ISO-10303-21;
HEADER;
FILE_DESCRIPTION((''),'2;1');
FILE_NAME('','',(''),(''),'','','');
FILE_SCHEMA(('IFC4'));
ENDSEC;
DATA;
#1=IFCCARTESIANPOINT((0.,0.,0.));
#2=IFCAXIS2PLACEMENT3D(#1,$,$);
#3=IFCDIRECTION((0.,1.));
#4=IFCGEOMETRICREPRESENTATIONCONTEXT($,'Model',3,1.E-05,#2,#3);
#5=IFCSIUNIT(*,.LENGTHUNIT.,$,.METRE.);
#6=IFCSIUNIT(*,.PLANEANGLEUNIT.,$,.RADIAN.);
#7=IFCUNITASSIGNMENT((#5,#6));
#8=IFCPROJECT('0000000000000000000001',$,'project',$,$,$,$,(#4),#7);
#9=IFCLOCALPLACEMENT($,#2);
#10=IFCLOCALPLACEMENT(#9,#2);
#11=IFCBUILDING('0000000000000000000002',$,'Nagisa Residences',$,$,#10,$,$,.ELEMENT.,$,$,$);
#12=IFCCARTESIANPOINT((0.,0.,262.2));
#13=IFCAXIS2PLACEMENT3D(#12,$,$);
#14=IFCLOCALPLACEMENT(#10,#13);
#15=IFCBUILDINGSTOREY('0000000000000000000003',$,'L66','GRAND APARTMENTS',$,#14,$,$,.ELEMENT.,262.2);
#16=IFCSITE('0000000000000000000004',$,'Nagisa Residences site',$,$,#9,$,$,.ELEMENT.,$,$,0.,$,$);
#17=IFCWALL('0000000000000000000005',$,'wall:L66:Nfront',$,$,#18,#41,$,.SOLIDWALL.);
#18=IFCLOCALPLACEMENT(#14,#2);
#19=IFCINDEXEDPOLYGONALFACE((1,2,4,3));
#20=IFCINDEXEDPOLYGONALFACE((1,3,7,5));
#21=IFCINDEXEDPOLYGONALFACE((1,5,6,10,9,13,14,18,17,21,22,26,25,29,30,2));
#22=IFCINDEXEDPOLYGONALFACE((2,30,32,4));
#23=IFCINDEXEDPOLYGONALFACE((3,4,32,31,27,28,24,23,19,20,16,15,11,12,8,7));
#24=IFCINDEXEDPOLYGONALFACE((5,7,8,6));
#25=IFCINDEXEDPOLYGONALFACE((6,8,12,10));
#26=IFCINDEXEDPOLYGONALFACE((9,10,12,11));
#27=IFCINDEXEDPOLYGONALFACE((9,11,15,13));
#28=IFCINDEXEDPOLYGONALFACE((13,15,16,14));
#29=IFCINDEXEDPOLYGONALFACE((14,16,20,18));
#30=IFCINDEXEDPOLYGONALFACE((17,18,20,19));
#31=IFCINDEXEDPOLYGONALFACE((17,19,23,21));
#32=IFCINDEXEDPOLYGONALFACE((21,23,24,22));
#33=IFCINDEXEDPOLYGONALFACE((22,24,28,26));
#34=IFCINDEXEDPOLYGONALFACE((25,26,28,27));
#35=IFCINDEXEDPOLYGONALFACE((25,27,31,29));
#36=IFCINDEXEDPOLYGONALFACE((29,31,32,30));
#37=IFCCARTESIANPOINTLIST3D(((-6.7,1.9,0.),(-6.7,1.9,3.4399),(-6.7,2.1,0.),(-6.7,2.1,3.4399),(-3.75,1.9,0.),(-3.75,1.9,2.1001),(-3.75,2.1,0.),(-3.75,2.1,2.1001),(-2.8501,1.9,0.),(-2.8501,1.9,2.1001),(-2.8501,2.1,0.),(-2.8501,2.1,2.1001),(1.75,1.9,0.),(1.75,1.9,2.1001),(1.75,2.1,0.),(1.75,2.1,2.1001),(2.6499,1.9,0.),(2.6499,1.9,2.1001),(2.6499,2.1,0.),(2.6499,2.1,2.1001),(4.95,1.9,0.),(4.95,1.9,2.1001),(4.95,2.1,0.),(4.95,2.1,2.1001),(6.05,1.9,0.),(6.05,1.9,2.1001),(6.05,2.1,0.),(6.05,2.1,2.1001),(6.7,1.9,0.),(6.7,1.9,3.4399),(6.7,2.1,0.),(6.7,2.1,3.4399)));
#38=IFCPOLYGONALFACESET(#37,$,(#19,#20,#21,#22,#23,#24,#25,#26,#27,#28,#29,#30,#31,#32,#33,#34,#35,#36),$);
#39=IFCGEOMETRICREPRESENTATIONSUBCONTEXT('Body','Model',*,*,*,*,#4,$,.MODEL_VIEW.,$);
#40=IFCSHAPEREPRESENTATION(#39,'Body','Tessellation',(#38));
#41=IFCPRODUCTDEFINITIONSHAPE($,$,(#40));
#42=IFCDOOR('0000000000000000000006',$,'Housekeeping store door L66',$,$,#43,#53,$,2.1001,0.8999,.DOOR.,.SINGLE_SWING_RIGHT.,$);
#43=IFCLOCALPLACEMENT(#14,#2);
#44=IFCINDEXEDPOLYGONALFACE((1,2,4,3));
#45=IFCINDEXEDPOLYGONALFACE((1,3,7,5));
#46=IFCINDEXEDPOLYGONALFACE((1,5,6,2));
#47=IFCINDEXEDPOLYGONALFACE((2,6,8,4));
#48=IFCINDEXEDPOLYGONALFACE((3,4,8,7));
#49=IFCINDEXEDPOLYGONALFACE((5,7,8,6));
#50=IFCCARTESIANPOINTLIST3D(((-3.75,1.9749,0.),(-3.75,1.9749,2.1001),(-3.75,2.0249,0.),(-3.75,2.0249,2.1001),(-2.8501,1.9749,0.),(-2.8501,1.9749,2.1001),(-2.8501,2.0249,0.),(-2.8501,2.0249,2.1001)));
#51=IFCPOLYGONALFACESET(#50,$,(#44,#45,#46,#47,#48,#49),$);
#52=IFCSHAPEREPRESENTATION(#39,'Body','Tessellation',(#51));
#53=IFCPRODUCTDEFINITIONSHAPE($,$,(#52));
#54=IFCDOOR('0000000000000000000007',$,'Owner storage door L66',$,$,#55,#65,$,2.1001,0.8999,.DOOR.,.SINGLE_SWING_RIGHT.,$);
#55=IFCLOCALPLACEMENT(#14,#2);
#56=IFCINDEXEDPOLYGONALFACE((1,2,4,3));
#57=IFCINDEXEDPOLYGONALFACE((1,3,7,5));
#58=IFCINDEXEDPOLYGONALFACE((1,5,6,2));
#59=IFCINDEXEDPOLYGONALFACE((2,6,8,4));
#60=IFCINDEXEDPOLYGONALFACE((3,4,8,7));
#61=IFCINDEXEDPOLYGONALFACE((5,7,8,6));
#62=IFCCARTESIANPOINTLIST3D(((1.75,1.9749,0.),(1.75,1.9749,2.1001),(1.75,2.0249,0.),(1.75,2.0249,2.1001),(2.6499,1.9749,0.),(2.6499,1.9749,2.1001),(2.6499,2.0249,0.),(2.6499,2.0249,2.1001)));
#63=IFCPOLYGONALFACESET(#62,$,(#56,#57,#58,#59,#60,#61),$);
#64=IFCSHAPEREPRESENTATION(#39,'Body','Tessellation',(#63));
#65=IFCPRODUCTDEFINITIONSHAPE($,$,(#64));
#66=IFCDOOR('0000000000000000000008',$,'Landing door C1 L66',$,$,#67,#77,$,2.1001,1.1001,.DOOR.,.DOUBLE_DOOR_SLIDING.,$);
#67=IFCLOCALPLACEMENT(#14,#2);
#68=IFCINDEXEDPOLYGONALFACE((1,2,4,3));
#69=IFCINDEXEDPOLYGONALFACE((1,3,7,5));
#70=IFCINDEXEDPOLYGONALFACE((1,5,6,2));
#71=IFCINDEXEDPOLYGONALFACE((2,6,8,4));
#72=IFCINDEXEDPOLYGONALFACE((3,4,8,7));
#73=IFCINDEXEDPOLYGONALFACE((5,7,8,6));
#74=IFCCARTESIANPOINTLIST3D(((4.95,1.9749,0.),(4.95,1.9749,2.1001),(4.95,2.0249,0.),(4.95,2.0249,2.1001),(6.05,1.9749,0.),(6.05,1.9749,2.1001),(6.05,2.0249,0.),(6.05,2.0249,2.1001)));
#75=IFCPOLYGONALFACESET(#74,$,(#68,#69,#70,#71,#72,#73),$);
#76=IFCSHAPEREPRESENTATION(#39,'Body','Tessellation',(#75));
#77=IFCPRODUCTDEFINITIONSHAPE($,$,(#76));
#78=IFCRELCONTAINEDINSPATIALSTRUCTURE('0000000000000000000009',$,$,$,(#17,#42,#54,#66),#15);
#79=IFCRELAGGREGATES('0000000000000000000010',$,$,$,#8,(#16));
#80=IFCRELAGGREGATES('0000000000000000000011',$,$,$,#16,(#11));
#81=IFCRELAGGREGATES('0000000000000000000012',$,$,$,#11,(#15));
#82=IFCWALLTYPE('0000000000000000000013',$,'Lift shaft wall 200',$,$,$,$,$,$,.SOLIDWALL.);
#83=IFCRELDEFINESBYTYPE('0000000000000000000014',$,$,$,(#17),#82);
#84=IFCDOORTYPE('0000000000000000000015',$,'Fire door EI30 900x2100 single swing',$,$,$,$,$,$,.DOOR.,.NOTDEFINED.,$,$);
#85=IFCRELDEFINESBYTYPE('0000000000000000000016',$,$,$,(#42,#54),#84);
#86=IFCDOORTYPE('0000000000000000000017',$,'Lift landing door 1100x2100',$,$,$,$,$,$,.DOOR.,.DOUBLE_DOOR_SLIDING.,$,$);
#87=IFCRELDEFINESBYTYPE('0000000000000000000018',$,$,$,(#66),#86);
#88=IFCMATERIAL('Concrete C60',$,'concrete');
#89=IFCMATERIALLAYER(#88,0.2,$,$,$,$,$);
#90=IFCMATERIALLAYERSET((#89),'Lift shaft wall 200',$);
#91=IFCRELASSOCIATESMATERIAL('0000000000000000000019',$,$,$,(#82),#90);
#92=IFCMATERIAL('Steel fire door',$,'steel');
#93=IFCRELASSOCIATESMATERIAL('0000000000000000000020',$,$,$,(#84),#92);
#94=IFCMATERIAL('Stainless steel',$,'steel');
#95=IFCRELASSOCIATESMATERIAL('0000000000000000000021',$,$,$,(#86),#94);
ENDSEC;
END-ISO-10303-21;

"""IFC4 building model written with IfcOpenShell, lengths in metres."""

from ifc_helpers import new_model, si_unit, direction, frame, frame_2d, origin, place, context, subcontext, project, spatial, rectangle, extrude, material, layer, layer_set, type_object, element, fill, save


model = new_model("IFC4")

# Units and contexts
model_context = context("Model", 3, precision=1e-05, world=origin(), true_north=direction((0.0, 1.0)))
body_context = subcontext(model_context, "Body", "Model", "MODEL_VIEW")
ifc_project = project(units=[si_unit("LENGTHUNIT", "METRE"), si_unit("PLANEANGLEUNIT", "RADIAN")], contexts=[model_context])

# Site, building, storey
site_placement = place(None, origin())
site = spatial("IfcSite", under=ifc_project, at=site_placement, Name="Nagisa Residences site", CompositionType="ELEMENT", RefElevation=0.0)
building_placement = place(site_placement, origin())
building = spatial("IfcBuilding", under=site, at=building_placement, Name="Nagisa Residences", CompositionType="ELEMENT")
storey_placement = place(building_placement, frame((0.0, 0.0, 262.2)))
storey = spatial("IfcBuildingStorey", under=building, at=storey_placement, Name="L66", Description="GRAND APARTMENTS", CompositionType="ELEMENT", Elevation=262.2)

# Wall, openings, doors
ifc_material_1 = material(Name="Concrete C60", Category="concrete")
ifc_layer_1 = layer(ifc_material_1, 0.2)
ifc_layer_set_1 = layer_set([ifc_layer_1], Name="Lift shaft wall 200")
wall_type_1 = type_object("IfcWallType", Name="Lift shaft wall 200", PredefinedType="SOLIDWALL", material=ifc_layer_set_1)
wall_1_placement = place(storey_placement, frame((-6.7, 2.0, 0.0), z_axis=(0.0, 0.0, 1.0), x_axis=(1.0, 0.0, 0.0)))
wall_1 = element("IfcWall", 1, at=wall_1_placement, inside=storey, type_object=wall_type_1, Name="wall:L66:Nfront", PredefinedType="SOLIDWALL", context=body_context, shape_type="SweptSolid", body=[
    extrude(rectangle(XDim=13.3999, YDim=0.2, at=frame_2d((6.7, 0.0))), origin(), (0.0, 0.0, 1.0), 3.4399),
])
opening_1_placement = place(wall_1_placement, frame((11.6499, 0.0, 0.0)))
opening_1 = element("IfcOpeningElement", 2, at=opening_1_placement, cuts=wall_1, PredefinedType="OPENING", context=body_context, shape_type="SweptSolid", body=[
    extrude(rectangle(XDim=1.1001, YDim=2.1001, at=frame_2d((0.55, 1.05))), frame((0.0, 0.1099, 0.0), z_axis=(0.0, -1.0, 0.0), x_axis=(1.0, 0.0, 0.0)), (0.0, 0.0, 1.0), 0.22),
])
opening_2_placement = place(wall_1_placement, frame((2.95, 0.0, 0.0)))
opening_2 = element("IfcOpeningElement", 3, at=opening_2_placement, cuts=wall_1, PredefinedType="OPENING", context=body_context, shape_type="SweptSolid", body=[
    extrude(rectangle(XDim=0.8999, YDim=2.1001, at=frame_2d((0.45, 1.05))), frame((0.0, 0.1099, 0.0), z_axis=(0.0, -1.0, 0.0), x_axis=(1.0, 0.0, 0.0)), (0.0, 0.0, 1.0), 0.22),
])
opening_3_placement = place(wall_1_placement, frame((8.45, 0.0, 0.0)))
opening_3 = element("IfcOpeningElement", 4, at=opening_3_placement, cuts=wall_1, PredefinedType="OPENING", context=body_context, shape_type="SweptSolid", body=[
    extrude(rectangle(XDim=0.8999, YDim=2.1001, at=frame_2d((0.45, 1.05))), frame((0.0, 0.1099, 0.0), z_axis=(0.0, -1.0, 0.0), x_axis=(1.0, 0.0, 0.0)), (0.0, 0.0, 1.0), 0.22),
])
ifc_material_2 = material(Name="Steel fire door", Category="steel")
door_type_1 = type_object("IfcDoorType", Name="Fire door EI30 900x2100 single swing", OperationType="NOTDEFINED", PredefinedType="DOOR", material=ifc_material_2)
door_1_placement = place(opening_2_placement, origin())
door_1 = element("IfcDoor", 5, at=door_1_placement, inside=storey, type_object=door_type_1, Name="Housekeeping store door L66", OperationType="SINGLE_SWING_RIGHT", OverallHeight=2.1001, OverallWidth=0.8999, PredefinedType="DOOR", context=body_context, shape_type="SweptSolid", body=[
    extrude(rectangle(XDim=0.8999, YDim=2.1001, at=frame_2d((0.45, 1.05))), frame((0.0, 0.0249, 0.0), z_axis=(0.0, -1.0, 0.0), x_axis=(1.0, 0.0, 0.0)), (0.0, 0.0, 1.0), 0.05),
])
fill(opening_2, door_1)
door_2_placement = place(opening_3_placement, origin())
door_2 = element("IfcDoor", 6, at=door_2_placement, inside=storey, type_object=door_type_1, Name="Owner storage door L66", OperationType="SINGLE_SWING_RIGHT", OverallHeight=2.1001, OverallWidth=0.8999, PredefinedType="DOOR", context=body_context, shape_type="SweptSolid", body=[
    extrude(rectangle(XDim=0.8999, YDim=2.1001, at=frame_2d((0.45, 1.05))), frame((0.0, 0.0249, 0.0), z_axis=(0.0, -1.0, 0.0), x_axis=(1.0, 0.0, 0.0)), (0.0, 0.0, 1.0), 0.05),
])
fill(opening_3, door_2)
ifc_material_3 = material(Name="Stainless steel", Category="steel")
door_type_2 = type_object("IfcDoorType", Name="Lift landing door 1100x2100", OperationType="DOUBLE_DOOR_SLIDING", PredefinedType="DOOR", material=ifc_material_3)
door_3_placement = place(opening_1_placement, origin())
door_3 = element("IfcDoor", 7, at=door_3_placement, inside=storey, type_object=door_type_2, Name="Landing door C1 L66", OperationType="DOUBLE_DOOR_SLIDING", OverallHeight=2.1001, OverallWidth=1.1001, PredefinedType="DOOR", context=body_context, shape_type="SweptSolid", body=[
    extrude(rectangle(XDim=1.1001, YDim=2.1001, at=frame_2d((0.55, 1.05))), frame((0.0, 0.0249, 0.0), z_axis=(0.0, -1.0, 0.0), x_axis=(1.0, 0.0, 0.0)), (0.0, 0.0, 1.0), 0.05),
])
fill(opening_1, door_3)

save(model, "model.ifc")
